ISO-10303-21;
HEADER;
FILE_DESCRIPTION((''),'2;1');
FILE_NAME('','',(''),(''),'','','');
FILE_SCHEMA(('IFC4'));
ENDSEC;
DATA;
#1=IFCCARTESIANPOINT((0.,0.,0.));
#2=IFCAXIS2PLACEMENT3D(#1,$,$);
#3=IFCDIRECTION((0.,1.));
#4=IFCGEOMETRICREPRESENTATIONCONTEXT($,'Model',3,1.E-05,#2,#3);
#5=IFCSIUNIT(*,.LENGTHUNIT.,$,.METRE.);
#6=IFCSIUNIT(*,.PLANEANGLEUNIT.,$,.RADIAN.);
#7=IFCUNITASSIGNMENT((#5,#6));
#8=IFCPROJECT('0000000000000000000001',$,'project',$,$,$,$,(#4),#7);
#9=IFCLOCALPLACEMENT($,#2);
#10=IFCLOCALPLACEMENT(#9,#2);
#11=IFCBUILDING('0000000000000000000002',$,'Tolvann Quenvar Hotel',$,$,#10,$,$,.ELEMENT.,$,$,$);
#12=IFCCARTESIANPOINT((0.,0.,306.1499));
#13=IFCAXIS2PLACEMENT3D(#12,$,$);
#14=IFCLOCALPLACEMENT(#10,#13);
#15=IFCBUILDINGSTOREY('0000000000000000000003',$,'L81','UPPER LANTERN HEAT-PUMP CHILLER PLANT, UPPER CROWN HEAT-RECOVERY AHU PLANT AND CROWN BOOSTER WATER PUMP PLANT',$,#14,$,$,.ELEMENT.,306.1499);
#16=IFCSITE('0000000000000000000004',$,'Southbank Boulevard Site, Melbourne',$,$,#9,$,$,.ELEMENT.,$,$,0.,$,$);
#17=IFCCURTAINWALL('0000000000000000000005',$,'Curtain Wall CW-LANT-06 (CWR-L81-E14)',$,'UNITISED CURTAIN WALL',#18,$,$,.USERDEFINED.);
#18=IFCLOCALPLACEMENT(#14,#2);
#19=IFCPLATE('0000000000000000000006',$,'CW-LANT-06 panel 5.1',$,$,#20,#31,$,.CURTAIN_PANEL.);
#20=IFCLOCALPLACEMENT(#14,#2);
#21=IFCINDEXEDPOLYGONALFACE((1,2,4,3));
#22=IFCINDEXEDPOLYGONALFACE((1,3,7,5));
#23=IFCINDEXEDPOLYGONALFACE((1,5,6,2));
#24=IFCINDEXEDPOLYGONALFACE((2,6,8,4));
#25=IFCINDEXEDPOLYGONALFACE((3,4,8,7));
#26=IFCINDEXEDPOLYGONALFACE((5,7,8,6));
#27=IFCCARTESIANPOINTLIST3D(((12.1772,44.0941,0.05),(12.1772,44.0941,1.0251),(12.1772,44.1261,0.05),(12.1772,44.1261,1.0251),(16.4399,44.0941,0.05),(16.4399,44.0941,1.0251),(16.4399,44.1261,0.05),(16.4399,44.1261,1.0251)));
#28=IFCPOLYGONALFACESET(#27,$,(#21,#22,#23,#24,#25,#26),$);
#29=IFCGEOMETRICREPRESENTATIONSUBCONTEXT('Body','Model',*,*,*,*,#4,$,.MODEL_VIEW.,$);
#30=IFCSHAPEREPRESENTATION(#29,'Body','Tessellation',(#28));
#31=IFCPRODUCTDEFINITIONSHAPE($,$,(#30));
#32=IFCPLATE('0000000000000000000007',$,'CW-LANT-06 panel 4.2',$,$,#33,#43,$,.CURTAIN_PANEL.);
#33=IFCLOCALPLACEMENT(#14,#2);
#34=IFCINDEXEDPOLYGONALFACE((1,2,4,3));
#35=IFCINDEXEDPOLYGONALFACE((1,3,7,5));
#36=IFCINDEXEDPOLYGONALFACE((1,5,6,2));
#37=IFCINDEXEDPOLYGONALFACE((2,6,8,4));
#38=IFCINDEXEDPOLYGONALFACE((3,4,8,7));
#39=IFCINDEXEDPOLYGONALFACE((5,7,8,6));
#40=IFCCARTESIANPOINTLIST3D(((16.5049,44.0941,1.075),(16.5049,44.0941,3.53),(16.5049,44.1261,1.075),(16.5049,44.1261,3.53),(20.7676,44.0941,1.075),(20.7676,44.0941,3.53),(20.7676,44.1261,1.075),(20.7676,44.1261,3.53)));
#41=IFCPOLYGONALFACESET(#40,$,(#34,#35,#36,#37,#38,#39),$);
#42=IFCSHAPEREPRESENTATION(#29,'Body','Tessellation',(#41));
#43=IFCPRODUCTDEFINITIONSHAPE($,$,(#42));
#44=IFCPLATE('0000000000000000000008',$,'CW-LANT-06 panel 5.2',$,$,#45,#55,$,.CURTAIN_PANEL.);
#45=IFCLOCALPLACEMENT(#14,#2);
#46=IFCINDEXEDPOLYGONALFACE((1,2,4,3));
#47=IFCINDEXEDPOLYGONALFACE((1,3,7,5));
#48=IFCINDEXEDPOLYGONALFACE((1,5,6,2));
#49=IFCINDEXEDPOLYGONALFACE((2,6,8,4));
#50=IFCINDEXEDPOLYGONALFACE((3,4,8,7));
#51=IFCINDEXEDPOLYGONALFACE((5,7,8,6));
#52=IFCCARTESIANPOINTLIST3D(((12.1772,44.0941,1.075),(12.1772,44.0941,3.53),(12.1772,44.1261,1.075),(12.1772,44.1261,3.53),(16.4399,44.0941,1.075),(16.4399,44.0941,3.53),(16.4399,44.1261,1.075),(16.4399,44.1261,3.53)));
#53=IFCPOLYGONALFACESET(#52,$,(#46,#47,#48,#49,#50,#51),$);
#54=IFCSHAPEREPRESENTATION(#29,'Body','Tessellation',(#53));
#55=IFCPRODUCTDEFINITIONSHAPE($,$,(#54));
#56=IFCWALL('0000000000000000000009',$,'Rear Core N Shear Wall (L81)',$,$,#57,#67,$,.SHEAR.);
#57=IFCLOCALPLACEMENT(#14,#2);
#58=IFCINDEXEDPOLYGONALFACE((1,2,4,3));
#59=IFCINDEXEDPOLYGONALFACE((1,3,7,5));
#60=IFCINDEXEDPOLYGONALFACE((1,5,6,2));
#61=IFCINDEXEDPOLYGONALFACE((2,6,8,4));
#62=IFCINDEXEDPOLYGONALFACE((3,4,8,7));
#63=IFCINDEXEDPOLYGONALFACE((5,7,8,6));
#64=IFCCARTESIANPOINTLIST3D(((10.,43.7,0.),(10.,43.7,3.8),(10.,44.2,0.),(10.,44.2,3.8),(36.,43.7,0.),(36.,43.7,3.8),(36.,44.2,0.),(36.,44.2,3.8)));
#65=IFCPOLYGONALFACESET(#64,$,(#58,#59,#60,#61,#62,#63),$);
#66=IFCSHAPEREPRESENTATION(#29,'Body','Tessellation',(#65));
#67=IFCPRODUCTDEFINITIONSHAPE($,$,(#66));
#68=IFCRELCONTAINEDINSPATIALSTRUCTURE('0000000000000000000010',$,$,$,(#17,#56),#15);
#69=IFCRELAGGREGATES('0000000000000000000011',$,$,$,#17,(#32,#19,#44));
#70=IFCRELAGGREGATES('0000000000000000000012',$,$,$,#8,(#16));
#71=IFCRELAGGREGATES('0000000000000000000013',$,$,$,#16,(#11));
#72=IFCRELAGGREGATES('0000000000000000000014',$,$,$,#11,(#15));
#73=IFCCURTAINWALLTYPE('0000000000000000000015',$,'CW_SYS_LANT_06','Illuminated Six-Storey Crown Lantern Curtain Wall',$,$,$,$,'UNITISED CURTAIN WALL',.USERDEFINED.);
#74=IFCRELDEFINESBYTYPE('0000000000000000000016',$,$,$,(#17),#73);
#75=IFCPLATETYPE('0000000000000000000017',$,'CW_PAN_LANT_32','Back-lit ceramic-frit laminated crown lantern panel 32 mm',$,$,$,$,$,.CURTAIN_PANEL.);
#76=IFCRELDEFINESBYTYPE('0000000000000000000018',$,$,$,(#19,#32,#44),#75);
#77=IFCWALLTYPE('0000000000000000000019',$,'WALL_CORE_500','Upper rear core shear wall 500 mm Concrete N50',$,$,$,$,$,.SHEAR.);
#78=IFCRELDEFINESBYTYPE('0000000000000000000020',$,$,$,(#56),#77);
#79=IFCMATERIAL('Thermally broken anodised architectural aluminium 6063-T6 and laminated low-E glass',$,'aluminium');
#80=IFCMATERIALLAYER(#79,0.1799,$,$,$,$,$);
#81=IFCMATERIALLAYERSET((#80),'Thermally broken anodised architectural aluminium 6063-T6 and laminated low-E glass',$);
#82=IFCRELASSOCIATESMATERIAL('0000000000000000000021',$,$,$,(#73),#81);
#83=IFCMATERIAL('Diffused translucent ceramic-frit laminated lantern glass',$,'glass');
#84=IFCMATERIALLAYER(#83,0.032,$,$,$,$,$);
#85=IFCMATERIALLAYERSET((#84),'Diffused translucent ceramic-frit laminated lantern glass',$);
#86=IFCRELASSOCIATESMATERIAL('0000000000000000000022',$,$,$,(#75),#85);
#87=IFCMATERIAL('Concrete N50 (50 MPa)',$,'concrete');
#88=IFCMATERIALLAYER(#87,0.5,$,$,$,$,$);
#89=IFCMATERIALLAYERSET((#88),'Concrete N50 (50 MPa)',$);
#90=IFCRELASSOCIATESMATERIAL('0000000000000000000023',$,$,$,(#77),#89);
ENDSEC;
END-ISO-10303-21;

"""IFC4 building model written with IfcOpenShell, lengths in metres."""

from ifc_helpers import new_model, si_unit, direction, frame, frame_2d, origin, origin_2d, place, context, subcontext, project, spatial, rectangle, extrude, source, transform, mapped, material, layer, layer_set, type_object, element, aggregate, save


model = new_model("IFC4")

# Units and contexts
model_context = context("Model", 3, precision=1e-05, world=origin(), true_north=direction((0.0, 1.0)))
body_context = subcontext(model_context, "Body", "Model", "MODEL_VIEW")
ifc_project = project(units=[si_unit("LENGTHUNIT", "METRE"), si_unit("PLANEANGLEUNIT", "RADIAN")], contexts=[model_context])

# Site, building, storey
site_placement = place(None, origin())
site = spatial("IfcSite", under=ifc_project, at=site_placement, Name="Southbank Boulevard Site, Melbourne", CompositionType="ELEMENT", RefElevation=0.0)
building_placement = place(site_placement, origin())
building = spatial("IfcBuilding", under=site, at=building_placement, Name="Tolvann Quenvar Hotel", CompositionType="ELEMENT")
storey_placement = place(building_placement, frame((0.0, 0.0, 306.1499)))
storey = spatial("IfcBuildingStorey", under=building, at=storey_placement, Name="L81", Description="UPPER LANTERN HEAT-PUMP CHILLER PLANT, UPPER CROWN HEAT-RECOVERY AHU PLANT AND CROWN BOOSTER WATER PUMP PLANT", CompositionType="ELEMENT", Elevation=306.1499)

# Curtain wall
ifc_material_1 = material(Name="Thermally broken anodised architectural aluminium 6063-T6 and laminated low-E glass", Category="aluminium")
ifc_layer_1 = layer(ifc_material_1, 0.1799)
ifc_layer_set_1 = layer_set([ifc_layer_1], Name="Thermally broken anodised architectural aluminium 6063-T6 and laminated low-E glass")
curtain_wall_type = type_object("IfcCurtainWallType", Name="CW_SYS_LANT_06", Description="Illuminated Six-Storey Crown Lantern Curtain Wall", ElementType="UNITISED CURTAIN WALL", PredefinedType="USERDEFINED", material=ifc_layer_set_1)
curtain_wall_1_placement = place(storey_placement, origin())
curtain_wall_1 = element("IfcCurtainWall", 1, at=curtain_wall_1_placement, inside=storey, type_object=curtain_wall_type, Name="Curtain Wall CW-LANT-06 (CWR-L81-E14)", ObjectType="UNITISED CURTAIN WALL", PredefinedType="USERDEFINED")

# Plates
ifc_material_2 = material(Name="Diffused translucent ceramic-frit laminated lantern glass", Category="glass")
ifc_layer_2 = layer(ifc_material_2, 0.032)
ifc_layer_set_2 = layer_set([ifc_layer_2], Name="Diffused translucent ceramic-frit laminated lantern glass")
plate_type_1 = type_object("IfcPlateType", Name="CW_PAN_LANT_32", Description="Back-lit ceramic-frit laminated crown lantern panel 32 mm", PredefinedType="CURTAIN_PANEL", material=ifc_layer_set_2)
shared_shape_1 = source(origin(), body_context, "Body", "SweptSolid", [
    extrude(rectangle(XDim=4.2627, YDim=0.032, at=origin_2d()), origin(), (0.0, 0.0, 1.0), 0.9751),
])
plate_1_placement = place(storey_placement, frame((14.3086, 44.1101, 0.05), z_axis=(0.0, 0.0, 1.0), x_axis=(-1.0, 0.0, 0.0)))
plate_1 = element("IfcPlate", 2, at=plate_1_placement, type_object=plate_type_1, Name="CW-LANT-06 panel 5.1", PredefinedType="CURTAIN_PANEL", context=body_context, shape_type="MappedRepresentation", body=[
    mapped(shared_shape_1, transform((0.0, 0.0, 0.0), x_axis=(1.0, 0.0, 0.0), y_axis=(0.0, 1.0, 0.0), z_axis=(0.0, 0.0, 1.0), scale=1.0)),
])
shared_shape_2 = source(origin(), body_context, "Body", "SweptSolid", [
    extrude(rectangle(XDim=4.2627, YDim=0.032, at=origin_2d()), origin(), (0.0, 0.0, 1.0), 2.4551),
])
plate_2_placement = place(storey_placement, frame((18.6362, 44.1101, 1.075), z_axis=(0.0, 0.0, 1.0), x_axis=(-1.0, 0.0, 0.0)))
plate_2 = element("IfcPlate", 3, at=plate_2_placement, type_object=plate_type_1, Name="CW-LANT-06 panel 4.2", PredefinedType="CURTAIN_PANEL", context=body_context, shape_type="MappedRepresentation", body=[
    mapped(shared_shape_2, transform((0.0, 0.0, 0.0), x_axis=(1.0, 0.0, 0.0), y_axis=(0.0, 1.0, 0.0), z_axis=(0.0, 0.0, 1.0), scale=1.0)),
])
plate_3_placement = place(storey_placement, frame((14.3086, 44.1101, 1.075), z_axis=(0.0, 0.0, 1.0), x_axis=(-1.0, 0.0, 0.0)))
plate_3 = element("IfcPlate", 4, at=plate_3_placement, type_object=plate_type_1, Name="CW-LANT-06 panel 5.2", PredefinedType="CURTAIN_PANEL", context=body_context, shape_type="MappedRepresentation", body=[
    mapped(shared_shape_2, transform((0.0, 0.0, 0.0), x_axis=(1.0, 0.0, 0.0), y_axis=(0.0, 1.0, 0.0), z_axis=(0.0, 0.0, 1.0), scale=1.0)),
])
aggregate(curtain_wall_1, [plate_2, plate_1, plate_3])

# Wall
ifc_material_3 = material(Name="Concrete N50 (50 MPa)", Category="concrete")
ifc_layer_3 = layer(ifc_material_3, 0.5)
ifc_layer_set_3 = layer_set([ifc_layer_3], Name="Concrete N50 (50 MPa)")
wall_type = type_object("IfcWallType", Name="WALL_CORE_500", Description="Upper rear core shear wall 500 mm Concrete N50", PredefinedType="SHEAR", material=ifc_layer_set_3)
wall_placement = place(storey_placement, frame((10.0, 43.95, 0.0), z_axis=(0.0, 0.0, 1.0), x_axis=(1.0, 0.0, 0.0)))
element("IfcWall", 5, at=wall_placement, inside=storey, type_object=wall_type, Name="Rear Core N Shear Wall (L81)", PredefinedType="SHEAR", context=body_context, shape_type="SweptSolid", body=[
    extrude(rectangle(XDim=26.0, YDim=0.5, at=frame_2d((13.0, 0.0))), origin(), (0.0, 0.0, 1.0), 3.8),
])

save(model, "model.ifc")
